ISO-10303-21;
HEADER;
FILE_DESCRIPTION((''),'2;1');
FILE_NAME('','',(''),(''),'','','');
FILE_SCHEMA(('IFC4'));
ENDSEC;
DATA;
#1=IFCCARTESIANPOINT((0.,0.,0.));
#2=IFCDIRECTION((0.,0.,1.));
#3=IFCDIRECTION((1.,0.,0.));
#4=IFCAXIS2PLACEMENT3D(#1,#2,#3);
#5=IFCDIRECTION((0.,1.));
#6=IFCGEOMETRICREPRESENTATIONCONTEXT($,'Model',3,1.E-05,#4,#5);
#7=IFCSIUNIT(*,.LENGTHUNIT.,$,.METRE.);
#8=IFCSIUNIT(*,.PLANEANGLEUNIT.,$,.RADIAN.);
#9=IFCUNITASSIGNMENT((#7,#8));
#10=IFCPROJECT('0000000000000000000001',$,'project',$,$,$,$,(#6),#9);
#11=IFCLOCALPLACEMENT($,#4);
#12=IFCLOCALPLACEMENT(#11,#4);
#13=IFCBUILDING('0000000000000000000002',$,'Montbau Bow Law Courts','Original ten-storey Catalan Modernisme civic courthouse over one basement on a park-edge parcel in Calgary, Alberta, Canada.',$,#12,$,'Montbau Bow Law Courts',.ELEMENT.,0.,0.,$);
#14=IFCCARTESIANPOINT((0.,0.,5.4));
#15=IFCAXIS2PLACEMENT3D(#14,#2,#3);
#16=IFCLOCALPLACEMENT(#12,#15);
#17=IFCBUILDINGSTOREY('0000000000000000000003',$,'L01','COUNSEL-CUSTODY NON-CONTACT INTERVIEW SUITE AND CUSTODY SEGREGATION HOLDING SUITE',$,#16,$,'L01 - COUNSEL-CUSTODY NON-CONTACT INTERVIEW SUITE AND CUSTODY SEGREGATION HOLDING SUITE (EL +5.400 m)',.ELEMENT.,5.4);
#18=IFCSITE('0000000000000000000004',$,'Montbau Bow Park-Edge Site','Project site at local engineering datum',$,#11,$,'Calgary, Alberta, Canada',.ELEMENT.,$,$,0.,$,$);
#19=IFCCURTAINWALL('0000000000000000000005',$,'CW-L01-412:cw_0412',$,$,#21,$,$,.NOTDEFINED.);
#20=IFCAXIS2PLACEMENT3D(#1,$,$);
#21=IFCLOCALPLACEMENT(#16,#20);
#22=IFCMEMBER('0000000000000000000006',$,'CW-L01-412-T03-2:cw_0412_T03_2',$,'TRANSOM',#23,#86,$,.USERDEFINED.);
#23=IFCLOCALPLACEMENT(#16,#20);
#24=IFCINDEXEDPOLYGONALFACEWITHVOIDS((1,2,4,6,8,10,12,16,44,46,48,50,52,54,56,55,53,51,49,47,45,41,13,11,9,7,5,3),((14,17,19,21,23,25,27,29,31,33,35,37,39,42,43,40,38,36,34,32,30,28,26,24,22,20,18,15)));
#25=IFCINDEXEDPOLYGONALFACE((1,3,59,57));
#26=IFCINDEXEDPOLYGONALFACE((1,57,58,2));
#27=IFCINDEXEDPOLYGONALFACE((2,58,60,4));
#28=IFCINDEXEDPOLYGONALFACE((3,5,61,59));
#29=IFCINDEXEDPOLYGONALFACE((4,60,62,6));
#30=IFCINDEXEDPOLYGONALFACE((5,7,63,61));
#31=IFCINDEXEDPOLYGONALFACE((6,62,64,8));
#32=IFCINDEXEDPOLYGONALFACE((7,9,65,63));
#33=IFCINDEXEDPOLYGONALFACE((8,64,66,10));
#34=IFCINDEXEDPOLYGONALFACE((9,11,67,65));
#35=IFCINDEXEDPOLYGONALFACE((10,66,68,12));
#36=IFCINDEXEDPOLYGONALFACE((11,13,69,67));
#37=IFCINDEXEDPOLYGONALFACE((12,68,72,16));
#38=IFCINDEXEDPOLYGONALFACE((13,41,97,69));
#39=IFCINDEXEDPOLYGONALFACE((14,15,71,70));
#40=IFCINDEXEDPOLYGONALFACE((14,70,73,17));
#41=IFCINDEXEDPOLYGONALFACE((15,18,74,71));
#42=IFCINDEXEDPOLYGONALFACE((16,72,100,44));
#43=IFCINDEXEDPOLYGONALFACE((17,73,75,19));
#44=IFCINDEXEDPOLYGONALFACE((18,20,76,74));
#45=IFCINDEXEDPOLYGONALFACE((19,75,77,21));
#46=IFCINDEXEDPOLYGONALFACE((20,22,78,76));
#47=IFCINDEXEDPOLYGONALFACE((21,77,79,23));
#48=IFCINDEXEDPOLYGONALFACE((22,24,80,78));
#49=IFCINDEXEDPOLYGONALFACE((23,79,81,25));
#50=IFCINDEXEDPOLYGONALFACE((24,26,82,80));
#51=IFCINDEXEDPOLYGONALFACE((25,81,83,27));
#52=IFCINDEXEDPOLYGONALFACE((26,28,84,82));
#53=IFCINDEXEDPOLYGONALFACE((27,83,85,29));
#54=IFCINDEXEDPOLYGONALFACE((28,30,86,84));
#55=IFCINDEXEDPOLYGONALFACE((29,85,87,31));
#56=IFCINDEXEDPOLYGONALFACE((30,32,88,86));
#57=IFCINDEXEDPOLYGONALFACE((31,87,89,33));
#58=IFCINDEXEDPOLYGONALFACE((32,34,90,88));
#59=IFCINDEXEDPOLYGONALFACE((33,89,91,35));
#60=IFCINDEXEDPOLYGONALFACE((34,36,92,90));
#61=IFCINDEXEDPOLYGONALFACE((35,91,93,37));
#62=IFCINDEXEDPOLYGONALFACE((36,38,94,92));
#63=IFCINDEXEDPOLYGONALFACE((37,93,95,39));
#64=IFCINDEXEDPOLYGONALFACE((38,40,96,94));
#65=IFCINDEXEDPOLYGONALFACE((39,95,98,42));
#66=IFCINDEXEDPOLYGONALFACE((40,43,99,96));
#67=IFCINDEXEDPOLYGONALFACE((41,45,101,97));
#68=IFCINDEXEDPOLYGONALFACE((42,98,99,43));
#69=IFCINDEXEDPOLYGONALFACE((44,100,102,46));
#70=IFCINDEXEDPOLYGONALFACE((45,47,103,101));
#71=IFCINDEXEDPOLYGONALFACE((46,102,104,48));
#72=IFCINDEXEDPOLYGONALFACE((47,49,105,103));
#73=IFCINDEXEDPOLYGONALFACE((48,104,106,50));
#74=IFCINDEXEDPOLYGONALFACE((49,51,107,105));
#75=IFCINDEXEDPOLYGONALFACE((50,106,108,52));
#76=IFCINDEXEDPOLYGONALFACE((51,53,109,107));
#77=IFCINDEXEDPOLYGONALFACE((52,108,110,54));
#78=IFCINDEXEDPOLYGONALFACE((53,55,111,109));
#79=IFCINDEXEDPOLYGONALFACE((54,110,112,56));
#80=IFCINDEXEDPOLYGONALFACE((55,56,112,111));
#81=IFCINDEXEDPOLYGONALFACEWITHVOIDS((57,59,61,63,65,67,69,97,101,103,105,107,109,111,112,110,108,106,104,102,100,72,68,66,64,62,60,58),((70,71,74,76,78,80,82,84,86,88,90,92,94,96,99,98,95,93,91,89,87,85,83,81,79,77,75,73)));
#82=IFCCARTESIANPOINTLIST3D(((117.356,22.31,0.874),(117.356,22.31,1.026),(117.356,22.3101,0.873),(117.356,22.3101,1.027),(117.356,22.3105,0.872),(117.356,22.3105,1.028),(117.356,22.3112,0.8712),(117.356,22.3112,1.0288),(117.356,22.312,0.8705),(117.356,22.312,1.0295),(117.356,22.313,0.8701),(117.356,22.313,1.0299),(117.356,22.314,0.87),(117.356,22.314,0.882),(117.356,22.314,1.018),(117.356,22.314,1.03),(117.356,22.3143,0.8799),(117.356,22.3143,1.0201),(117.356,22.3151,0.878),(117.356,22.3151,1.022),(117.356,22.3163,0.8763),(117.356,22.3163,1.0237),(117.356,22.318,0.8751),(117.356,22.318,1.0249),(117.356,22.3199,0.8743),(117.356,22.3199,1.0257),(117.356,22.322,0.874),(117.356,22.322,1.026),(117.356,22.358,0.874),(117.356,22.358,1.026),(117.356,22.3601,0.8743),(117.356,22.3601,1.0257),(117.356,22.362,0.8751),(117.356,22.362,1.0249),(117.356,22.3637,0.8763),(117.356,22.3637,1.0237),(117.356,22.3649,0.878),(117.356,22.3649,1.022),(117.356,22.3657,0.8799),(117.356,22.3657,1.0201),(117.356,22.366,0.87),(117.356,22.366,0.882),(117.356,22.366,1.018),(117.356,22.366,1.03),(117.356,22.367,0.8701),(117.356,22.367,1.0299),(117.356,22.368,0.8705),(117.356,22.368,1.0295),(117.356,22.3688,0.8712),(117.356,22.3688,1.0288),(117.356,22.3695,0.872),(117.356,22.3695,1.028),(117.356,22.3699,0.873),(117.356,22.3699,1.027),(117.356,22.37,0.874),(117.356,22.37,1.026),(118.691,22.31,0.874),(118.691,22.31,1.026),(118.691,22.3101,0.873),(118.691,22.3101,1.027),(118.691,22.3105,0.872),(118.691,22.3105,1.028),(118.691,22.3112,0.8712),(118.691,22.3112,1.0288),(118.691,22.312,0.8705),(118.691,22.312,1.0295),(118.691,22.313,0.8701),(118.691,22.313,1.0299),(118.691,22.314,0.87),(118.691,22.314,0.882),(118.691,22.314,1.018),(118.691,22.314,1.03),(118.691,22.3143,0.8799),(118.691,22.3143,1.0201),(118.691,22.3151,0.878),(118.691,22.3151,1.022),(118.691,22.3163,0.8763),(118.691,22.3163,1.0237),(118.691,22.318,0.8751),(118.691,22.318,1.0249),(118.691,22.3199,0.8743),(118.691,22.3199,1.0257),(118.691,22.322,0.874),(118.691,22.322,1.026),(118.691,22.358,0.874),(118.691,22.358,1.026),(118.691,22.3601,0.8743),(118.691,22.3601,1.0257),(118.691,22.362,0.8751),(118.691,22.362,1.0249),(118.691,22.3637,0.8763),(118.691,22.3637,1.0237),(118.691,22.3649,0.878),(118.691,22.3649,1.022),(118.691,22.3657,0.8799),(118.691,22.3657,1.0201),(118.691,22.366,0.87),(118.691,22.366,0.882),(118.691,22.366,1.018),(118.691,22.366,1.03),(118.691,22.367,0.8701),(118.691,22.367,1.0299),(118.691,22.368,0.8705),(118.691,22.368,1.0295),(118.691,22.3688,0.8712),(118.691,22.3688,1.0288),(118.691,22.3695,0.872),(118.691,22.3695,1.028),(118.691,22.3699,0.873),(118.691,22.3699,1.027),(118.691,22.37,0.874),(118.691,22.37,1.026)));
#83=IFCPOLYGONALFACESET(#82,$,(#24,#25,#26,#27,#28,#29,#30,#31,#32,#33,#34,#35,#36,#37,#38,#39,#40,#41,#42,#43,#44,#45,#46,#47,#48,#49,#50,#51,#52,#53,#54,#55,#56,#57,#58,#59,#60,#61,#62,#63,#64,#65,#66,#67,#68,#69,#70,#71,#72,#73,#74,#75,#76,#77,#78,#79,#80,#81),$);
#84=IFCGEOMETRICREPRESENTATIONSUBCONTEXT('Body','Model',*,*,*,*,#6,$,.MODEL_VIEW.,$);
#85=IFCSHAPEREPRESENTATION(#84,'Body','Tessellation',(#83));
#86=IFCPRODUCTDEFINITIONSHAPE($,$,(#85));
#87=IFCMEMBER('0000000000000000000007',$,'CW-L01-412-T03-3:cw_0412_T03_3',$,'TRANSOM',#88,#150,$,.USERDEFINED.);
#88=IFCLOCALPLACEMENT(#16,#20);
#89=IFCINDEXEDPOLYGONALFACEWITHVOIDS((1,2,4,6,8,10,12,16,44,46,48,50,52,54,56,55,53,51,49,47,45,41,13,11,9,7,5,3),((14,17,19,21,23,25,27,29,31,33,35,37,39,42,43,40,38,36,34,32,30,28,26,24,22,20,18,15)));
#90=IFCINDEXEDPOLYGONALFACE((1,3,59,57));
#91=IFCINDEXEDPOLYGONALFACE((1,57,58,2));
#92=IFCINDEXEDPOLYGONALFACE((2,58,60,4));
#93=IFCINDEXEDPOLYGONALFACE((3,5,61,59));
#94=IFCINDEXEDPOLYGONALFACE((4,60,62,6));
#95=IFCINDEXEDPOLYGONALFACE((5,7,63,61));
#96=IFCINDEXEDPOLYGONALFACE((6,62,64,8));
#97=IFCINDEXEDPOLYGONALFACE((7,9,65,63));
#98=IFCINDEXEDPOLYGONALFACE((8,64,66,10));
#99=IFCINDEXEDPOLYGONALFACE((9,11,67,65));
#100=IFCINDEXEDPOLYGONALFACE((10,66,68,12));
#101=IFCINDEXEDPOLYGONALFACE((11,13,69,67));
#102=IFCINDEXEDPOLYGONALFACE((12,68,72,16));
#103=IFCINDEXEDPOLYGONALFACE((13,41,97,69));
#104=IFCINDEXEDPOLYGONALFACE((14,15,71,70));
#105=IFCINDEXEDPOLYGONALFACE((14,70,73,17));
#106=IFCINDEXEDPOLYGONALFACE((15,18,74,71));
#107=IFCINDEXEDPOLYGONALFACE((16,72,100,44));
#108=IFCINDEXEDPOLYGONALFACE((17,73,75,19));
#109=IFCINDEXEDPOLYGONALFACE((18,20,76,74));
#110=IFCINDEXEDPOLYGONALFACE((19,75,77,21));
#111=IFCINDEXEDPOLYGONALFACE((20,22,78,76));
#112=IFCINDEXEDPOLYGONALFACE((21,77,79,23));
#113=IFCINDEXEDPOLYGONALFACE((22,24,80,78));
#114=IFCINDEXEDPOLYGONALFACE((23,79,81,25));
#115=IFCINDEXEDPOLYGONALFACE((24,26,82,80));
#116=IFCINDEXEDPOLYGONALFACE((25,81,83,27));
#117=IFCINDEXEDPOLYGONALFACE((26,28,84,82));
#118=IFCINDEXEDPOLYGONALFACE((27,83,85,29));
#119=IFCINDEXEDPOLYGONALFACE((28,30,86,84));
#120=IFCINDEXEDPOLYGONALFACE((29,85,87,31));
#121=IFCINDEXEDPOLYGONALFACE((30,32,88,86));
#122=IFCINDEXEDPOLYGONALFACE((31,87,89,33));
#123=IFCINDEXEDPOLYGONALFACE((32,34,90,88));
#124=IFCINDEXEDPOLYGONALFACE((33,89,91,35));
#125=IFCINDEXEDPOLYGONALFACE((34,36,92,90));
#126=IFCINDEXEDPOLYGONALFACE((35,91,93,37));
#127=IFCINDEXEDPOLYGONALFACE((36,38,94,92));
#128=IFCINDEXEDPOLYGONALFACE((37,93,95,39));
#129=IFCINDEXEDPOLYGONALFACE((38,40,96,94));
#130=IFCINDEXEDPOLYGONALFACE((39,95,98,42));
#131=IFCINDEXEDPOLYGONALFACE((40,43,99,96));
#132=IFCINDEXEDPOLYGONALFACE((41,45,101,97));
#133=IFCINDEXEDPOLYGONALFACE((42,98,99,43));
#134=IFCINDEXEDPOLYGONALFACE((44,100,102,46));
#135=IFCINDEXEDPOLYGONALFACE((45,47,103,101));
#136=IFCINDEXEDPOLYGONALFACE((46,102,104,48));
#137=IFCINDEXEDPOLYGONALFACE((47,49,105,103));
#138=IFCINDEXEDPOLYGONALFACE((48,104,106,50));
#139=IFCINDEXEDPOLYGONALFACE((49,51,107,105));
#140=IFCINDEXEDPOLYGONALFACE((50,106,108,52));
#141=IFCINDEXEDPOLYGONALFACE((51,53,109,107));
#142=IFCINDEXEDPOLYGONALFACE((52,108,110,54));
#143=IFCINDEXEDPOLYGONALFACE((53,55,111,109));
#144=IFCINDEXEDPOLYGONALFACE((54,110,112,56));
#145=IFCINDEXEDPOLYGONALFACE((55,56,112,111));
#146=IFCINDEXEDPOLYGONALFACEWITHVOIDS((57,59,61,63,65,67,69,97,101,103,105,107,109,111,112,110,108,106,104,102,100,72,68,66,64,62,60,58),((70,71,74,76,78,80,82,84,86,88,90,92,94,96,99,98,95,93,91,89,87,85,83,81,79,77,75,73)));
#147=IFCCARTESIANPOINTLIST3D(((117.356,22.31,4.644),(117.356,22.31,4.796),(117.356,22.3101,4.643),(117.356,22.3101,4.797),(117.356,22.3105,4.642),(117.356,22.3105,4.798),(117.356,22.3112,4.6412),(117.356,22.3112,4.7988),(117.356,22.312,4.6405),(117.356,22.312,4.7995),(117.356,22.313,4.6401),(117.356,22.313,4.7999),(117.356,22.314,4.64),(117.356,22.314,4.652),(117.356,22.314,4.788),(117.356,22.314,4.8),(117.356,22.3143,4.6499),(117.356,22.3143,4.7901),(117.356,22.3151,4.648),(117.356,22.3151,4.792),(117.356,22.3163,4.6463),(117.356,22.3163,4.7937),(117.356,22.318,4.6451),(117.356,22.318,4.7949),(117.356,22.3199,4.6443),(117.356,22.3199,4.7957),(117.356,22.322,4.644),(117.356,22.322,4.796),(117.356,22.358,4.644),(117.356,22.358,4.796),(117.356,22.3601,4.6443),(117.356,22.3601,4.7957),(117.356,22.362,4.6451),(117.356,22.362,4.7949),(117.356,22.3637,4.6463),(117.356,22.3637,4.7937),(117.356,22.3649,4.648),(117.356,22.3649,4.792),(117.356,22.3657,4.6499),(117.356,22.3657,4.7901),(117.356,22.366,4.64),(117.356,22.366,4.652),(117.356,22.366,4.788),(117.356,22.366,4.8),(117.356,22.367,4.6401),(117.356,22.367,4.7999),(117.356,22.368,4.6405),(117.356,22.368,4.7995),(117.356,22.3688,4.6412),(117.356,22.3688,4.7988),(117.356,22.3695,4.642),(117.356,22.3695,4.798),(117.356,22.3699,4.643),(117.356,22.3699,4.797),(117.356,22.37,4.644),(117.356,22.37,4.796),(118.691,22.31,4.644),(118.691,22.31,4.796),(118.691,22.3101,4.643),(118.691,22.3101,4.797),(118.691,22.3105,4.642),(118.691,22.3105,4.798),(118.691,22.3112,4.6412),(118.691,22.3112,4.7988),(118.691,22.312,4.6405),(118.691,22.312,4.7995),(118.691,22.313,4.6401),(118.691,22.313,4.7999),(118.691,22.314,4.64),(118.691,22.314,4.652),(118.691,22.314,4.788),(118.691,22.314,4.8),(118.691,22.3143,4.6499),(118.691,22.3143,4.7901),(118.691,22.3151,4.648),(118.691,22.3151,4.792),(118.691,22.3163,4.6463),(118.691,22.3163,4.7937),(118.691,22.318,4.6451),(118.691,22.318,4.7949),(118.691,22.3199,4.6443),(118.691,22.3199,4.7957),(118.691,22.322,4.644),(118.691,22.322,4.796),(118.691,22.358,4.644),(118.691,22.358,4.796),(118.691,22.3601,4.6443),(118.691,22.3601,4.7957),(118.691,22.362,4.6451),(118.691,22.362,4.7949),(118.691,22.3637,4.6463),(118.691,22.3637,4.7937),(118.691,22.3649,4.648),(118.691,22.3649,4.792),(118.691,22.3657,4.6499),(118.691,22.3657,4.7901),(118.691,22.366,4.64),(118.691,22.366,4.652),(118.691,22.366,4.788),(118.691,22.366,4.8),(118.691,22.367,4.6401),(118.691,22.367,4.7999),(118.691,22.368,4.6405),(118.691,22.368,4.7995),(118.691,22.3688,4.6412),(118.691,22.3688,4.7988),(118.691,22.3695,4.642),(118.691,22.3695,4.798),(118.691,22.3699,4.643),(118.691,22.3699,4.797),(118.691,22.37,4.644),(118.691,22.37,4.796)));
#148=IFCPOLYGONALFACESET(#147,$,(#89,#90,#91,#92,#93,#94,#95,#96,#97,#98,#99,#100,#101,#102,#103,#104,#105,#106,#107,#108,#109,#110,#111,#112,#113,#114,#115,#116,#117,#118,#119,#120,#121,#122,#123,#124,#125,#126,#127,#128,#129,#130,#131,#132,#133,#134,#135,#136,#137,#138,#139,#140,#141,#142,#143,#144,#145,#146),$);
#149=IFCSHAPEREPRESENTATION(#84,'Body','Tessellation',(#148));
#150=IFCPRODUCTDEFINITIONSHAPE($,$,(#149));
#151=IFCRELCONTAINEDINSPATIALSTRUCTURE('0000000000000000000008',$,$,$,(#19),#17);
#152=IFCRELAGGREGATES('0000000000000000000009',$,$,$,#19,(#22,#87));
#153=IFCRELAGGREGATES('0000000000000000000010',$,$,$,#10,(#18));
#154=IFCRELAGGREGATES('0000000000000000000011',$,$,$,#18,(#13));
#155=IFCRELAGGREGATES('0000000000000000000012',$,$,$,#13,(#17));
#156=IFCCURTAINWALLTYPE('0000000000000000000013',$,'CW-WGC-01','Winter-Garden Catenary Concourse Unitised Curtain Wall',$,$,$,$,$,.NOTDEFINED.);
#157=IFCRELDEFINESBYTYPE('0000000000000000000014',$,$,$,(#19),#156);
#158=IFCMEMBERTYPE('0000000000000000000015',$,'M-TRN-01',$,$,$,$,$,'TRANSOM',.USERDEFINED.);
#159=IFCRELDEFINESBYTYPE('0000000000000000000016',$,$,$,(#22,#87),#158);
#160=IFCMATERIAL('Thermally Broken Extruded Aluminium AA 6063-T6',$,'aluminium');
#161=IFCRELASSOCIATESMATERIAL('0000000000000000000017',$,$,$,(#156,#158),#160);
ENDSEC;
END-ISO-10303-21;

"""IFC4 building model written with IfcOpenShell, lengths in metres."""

from ifc_helpers import new_model, si_unit, direction, frame, origin_with_axes, origin_2d_with_axis, place, context, subcontext, project, spatial, hollow_rectangle, extrude, material, material_profile, profile_set, type_object, element, aggregate, save


model = new_model("IFC4")

# Units and contexts
model_context = context("Model", 3, precision=1e-05, world=origin_with_axes(), true_north=direction((0.0, 1.0)))
body_context = subcontext(model_context, "Body", "Model", "MODEL_VIEW")
ifc_project = project(units=[si_unit("LENGTHUNIT", "METRE"), si_unit("PLANEANGLEUNIT", "RADIAN")], contexts=[model_context])

# Site, building, storey
site_placement = place(None, origin_with_axes())
site = spatial("IfcSite", under=ifc_project, at=site_placement, Name="Montbau Bow Park-Edge Site", Description="Project site at local engineering datum", LongName="Calgary, Alberta, Canada", CompositionType="ELEMENT", RefElevation=0.0)
building_placement = place(site_placement, origin_with_axes())
building = spatial("IfcBuilding", under=site, at=building_placement, Name="Montbau Bow Law Courts", Description="Original ten-storey Catalan Modernisme civic courthouse over one basement on a park-edge parcel in Calgary, Alberta, Canada.", LongName="Montbau Bow Law Courts", CompositionType="ELEMENT", ElevationOfRefHeight=0.0, ElevationOfTerrain=0.0)
storey_placement = place(building_placement, frame((0.0, 0.0, 5.4), z_axis=(0.0, 0.0, 1.0), x_axis=(1.0, 0.0, 0.0)))
storey = spatial("IfcBuildingStorey", under=building, at=storey_placement, Name="L01", Description="COUNSEL-CUSTODY NON-CONTACT INTERVIEW SUITE AND CUSTODY SEGREGATION HOLDING SUITE", LongName="L01 - COUNSEL-CUSTODY NON-CONTACT INTERVIEW SUITE AND CUSTODY SEGREGATION HOLDING SUITE (EL +5.400 m)", CompositionType="ELEMENT", Elevation=5.4)

# Shared definitions
ifc_material_1 = material(Name="Thermally Broken Extruded Aluminium AA 6063-T6", Category="aluminium")
curtain_wall_type = type_object("IfcCurtainWallType", Name="CW-WGC-01", Description="Winter-Garden Catenary Concourse Unitised Curtain Wall", PredefinedType="NOTDEFINED", material=ifc_material_1)

# Curtain wall, members
curtain_wall_1_placement = place(None, frame((114.515, 22.34, 5.4), z_axis=(0.0, 0.0, 1.0), x_axis=(1.0, 0.0, 0.0)))
curtain_wall_1 = element("IfcCurtainWall", 1, at=curtain_wall_1_placement, inside=storey, type_object=curtain_wall_type, Name="CW-L01-412:cw_0412", PredefinedType="NOTDEFINED")
ifc_material_profile_1 = material_profile(ifc_material_1, hollow_rectangle(XDim=0.06, YDim=0.16, WallThickness=0.004, InnerFilletRadius=0.008, OuterFilletRadius=0.004, at=origin_2d_with_axis()), Name="CWT-160X60", Category="Main", Priority=0)
ifc_profile_set_1 = profile_set([ifc_material_profile_1], Name="Thermally Broken Extruded Aluminium AA 6063-T6")
member_type_1 = type_object("IfcMemberType", Name="M-TRN-01", ElementType="TRANSOM", PredefinedType="USERDEFINED", material=ifc_profile_set_1)
member_1_placement = place(None, frame((117.356, 22.34, 6.35), z_axis=(1.0, 0.0, 0.0), x_axis=(0.0, 1.0, 0.0)))
member_1 = element("IfcMember", 2, at=member_1_placement, type_object=member_type_1, Name="CW-L01-412-T03-2:cw_0412_T03_2", ObjectType="TRANSOM", PredefinedType="USERDEFINED", context=body_context, shape_type="SweptSolid", body=[
    extrude(hollow_rectangle(XDim=0.06, YDim=0.16, WallThickness=0.004, InnerFilletRadius=0.008, OuterFilletRadius=0.004, at=origin_2d_with_axis()), origin_with_axes(), (0.0, 0.0, 1.0), 1.335),
])
member_2_placement = place(None, frame((117.356, 22.34, 10.12), z_axis=(1.0, 0.0, 0.0), x_axis=(0.0, 1.0, 0.0)))
member_2 = element("IfcMember", 3, at=member_2_placement, type_object=member_type_1, Name="CW-L01-412-T03-3:cw_0412_T03_3", ObjectType="TRANSOM", PredefinedType="USERDEFINED", context=body_context, shape_type="SweptSolid", body=[
    extrude(hollow_rectangle(XDim=0.06, YDim=0.16, WallThickness=0.004, InnerFilletRadius=0.008, OuterFilletRadius=0.004, at=origin_2d_with_axis()), origin_with_axes(), (0.0, 0.0, 1.0), 1.335),
])
aggregate(curtain_wall_1, [member_1, member_2])

save(model, "model.ifc")
